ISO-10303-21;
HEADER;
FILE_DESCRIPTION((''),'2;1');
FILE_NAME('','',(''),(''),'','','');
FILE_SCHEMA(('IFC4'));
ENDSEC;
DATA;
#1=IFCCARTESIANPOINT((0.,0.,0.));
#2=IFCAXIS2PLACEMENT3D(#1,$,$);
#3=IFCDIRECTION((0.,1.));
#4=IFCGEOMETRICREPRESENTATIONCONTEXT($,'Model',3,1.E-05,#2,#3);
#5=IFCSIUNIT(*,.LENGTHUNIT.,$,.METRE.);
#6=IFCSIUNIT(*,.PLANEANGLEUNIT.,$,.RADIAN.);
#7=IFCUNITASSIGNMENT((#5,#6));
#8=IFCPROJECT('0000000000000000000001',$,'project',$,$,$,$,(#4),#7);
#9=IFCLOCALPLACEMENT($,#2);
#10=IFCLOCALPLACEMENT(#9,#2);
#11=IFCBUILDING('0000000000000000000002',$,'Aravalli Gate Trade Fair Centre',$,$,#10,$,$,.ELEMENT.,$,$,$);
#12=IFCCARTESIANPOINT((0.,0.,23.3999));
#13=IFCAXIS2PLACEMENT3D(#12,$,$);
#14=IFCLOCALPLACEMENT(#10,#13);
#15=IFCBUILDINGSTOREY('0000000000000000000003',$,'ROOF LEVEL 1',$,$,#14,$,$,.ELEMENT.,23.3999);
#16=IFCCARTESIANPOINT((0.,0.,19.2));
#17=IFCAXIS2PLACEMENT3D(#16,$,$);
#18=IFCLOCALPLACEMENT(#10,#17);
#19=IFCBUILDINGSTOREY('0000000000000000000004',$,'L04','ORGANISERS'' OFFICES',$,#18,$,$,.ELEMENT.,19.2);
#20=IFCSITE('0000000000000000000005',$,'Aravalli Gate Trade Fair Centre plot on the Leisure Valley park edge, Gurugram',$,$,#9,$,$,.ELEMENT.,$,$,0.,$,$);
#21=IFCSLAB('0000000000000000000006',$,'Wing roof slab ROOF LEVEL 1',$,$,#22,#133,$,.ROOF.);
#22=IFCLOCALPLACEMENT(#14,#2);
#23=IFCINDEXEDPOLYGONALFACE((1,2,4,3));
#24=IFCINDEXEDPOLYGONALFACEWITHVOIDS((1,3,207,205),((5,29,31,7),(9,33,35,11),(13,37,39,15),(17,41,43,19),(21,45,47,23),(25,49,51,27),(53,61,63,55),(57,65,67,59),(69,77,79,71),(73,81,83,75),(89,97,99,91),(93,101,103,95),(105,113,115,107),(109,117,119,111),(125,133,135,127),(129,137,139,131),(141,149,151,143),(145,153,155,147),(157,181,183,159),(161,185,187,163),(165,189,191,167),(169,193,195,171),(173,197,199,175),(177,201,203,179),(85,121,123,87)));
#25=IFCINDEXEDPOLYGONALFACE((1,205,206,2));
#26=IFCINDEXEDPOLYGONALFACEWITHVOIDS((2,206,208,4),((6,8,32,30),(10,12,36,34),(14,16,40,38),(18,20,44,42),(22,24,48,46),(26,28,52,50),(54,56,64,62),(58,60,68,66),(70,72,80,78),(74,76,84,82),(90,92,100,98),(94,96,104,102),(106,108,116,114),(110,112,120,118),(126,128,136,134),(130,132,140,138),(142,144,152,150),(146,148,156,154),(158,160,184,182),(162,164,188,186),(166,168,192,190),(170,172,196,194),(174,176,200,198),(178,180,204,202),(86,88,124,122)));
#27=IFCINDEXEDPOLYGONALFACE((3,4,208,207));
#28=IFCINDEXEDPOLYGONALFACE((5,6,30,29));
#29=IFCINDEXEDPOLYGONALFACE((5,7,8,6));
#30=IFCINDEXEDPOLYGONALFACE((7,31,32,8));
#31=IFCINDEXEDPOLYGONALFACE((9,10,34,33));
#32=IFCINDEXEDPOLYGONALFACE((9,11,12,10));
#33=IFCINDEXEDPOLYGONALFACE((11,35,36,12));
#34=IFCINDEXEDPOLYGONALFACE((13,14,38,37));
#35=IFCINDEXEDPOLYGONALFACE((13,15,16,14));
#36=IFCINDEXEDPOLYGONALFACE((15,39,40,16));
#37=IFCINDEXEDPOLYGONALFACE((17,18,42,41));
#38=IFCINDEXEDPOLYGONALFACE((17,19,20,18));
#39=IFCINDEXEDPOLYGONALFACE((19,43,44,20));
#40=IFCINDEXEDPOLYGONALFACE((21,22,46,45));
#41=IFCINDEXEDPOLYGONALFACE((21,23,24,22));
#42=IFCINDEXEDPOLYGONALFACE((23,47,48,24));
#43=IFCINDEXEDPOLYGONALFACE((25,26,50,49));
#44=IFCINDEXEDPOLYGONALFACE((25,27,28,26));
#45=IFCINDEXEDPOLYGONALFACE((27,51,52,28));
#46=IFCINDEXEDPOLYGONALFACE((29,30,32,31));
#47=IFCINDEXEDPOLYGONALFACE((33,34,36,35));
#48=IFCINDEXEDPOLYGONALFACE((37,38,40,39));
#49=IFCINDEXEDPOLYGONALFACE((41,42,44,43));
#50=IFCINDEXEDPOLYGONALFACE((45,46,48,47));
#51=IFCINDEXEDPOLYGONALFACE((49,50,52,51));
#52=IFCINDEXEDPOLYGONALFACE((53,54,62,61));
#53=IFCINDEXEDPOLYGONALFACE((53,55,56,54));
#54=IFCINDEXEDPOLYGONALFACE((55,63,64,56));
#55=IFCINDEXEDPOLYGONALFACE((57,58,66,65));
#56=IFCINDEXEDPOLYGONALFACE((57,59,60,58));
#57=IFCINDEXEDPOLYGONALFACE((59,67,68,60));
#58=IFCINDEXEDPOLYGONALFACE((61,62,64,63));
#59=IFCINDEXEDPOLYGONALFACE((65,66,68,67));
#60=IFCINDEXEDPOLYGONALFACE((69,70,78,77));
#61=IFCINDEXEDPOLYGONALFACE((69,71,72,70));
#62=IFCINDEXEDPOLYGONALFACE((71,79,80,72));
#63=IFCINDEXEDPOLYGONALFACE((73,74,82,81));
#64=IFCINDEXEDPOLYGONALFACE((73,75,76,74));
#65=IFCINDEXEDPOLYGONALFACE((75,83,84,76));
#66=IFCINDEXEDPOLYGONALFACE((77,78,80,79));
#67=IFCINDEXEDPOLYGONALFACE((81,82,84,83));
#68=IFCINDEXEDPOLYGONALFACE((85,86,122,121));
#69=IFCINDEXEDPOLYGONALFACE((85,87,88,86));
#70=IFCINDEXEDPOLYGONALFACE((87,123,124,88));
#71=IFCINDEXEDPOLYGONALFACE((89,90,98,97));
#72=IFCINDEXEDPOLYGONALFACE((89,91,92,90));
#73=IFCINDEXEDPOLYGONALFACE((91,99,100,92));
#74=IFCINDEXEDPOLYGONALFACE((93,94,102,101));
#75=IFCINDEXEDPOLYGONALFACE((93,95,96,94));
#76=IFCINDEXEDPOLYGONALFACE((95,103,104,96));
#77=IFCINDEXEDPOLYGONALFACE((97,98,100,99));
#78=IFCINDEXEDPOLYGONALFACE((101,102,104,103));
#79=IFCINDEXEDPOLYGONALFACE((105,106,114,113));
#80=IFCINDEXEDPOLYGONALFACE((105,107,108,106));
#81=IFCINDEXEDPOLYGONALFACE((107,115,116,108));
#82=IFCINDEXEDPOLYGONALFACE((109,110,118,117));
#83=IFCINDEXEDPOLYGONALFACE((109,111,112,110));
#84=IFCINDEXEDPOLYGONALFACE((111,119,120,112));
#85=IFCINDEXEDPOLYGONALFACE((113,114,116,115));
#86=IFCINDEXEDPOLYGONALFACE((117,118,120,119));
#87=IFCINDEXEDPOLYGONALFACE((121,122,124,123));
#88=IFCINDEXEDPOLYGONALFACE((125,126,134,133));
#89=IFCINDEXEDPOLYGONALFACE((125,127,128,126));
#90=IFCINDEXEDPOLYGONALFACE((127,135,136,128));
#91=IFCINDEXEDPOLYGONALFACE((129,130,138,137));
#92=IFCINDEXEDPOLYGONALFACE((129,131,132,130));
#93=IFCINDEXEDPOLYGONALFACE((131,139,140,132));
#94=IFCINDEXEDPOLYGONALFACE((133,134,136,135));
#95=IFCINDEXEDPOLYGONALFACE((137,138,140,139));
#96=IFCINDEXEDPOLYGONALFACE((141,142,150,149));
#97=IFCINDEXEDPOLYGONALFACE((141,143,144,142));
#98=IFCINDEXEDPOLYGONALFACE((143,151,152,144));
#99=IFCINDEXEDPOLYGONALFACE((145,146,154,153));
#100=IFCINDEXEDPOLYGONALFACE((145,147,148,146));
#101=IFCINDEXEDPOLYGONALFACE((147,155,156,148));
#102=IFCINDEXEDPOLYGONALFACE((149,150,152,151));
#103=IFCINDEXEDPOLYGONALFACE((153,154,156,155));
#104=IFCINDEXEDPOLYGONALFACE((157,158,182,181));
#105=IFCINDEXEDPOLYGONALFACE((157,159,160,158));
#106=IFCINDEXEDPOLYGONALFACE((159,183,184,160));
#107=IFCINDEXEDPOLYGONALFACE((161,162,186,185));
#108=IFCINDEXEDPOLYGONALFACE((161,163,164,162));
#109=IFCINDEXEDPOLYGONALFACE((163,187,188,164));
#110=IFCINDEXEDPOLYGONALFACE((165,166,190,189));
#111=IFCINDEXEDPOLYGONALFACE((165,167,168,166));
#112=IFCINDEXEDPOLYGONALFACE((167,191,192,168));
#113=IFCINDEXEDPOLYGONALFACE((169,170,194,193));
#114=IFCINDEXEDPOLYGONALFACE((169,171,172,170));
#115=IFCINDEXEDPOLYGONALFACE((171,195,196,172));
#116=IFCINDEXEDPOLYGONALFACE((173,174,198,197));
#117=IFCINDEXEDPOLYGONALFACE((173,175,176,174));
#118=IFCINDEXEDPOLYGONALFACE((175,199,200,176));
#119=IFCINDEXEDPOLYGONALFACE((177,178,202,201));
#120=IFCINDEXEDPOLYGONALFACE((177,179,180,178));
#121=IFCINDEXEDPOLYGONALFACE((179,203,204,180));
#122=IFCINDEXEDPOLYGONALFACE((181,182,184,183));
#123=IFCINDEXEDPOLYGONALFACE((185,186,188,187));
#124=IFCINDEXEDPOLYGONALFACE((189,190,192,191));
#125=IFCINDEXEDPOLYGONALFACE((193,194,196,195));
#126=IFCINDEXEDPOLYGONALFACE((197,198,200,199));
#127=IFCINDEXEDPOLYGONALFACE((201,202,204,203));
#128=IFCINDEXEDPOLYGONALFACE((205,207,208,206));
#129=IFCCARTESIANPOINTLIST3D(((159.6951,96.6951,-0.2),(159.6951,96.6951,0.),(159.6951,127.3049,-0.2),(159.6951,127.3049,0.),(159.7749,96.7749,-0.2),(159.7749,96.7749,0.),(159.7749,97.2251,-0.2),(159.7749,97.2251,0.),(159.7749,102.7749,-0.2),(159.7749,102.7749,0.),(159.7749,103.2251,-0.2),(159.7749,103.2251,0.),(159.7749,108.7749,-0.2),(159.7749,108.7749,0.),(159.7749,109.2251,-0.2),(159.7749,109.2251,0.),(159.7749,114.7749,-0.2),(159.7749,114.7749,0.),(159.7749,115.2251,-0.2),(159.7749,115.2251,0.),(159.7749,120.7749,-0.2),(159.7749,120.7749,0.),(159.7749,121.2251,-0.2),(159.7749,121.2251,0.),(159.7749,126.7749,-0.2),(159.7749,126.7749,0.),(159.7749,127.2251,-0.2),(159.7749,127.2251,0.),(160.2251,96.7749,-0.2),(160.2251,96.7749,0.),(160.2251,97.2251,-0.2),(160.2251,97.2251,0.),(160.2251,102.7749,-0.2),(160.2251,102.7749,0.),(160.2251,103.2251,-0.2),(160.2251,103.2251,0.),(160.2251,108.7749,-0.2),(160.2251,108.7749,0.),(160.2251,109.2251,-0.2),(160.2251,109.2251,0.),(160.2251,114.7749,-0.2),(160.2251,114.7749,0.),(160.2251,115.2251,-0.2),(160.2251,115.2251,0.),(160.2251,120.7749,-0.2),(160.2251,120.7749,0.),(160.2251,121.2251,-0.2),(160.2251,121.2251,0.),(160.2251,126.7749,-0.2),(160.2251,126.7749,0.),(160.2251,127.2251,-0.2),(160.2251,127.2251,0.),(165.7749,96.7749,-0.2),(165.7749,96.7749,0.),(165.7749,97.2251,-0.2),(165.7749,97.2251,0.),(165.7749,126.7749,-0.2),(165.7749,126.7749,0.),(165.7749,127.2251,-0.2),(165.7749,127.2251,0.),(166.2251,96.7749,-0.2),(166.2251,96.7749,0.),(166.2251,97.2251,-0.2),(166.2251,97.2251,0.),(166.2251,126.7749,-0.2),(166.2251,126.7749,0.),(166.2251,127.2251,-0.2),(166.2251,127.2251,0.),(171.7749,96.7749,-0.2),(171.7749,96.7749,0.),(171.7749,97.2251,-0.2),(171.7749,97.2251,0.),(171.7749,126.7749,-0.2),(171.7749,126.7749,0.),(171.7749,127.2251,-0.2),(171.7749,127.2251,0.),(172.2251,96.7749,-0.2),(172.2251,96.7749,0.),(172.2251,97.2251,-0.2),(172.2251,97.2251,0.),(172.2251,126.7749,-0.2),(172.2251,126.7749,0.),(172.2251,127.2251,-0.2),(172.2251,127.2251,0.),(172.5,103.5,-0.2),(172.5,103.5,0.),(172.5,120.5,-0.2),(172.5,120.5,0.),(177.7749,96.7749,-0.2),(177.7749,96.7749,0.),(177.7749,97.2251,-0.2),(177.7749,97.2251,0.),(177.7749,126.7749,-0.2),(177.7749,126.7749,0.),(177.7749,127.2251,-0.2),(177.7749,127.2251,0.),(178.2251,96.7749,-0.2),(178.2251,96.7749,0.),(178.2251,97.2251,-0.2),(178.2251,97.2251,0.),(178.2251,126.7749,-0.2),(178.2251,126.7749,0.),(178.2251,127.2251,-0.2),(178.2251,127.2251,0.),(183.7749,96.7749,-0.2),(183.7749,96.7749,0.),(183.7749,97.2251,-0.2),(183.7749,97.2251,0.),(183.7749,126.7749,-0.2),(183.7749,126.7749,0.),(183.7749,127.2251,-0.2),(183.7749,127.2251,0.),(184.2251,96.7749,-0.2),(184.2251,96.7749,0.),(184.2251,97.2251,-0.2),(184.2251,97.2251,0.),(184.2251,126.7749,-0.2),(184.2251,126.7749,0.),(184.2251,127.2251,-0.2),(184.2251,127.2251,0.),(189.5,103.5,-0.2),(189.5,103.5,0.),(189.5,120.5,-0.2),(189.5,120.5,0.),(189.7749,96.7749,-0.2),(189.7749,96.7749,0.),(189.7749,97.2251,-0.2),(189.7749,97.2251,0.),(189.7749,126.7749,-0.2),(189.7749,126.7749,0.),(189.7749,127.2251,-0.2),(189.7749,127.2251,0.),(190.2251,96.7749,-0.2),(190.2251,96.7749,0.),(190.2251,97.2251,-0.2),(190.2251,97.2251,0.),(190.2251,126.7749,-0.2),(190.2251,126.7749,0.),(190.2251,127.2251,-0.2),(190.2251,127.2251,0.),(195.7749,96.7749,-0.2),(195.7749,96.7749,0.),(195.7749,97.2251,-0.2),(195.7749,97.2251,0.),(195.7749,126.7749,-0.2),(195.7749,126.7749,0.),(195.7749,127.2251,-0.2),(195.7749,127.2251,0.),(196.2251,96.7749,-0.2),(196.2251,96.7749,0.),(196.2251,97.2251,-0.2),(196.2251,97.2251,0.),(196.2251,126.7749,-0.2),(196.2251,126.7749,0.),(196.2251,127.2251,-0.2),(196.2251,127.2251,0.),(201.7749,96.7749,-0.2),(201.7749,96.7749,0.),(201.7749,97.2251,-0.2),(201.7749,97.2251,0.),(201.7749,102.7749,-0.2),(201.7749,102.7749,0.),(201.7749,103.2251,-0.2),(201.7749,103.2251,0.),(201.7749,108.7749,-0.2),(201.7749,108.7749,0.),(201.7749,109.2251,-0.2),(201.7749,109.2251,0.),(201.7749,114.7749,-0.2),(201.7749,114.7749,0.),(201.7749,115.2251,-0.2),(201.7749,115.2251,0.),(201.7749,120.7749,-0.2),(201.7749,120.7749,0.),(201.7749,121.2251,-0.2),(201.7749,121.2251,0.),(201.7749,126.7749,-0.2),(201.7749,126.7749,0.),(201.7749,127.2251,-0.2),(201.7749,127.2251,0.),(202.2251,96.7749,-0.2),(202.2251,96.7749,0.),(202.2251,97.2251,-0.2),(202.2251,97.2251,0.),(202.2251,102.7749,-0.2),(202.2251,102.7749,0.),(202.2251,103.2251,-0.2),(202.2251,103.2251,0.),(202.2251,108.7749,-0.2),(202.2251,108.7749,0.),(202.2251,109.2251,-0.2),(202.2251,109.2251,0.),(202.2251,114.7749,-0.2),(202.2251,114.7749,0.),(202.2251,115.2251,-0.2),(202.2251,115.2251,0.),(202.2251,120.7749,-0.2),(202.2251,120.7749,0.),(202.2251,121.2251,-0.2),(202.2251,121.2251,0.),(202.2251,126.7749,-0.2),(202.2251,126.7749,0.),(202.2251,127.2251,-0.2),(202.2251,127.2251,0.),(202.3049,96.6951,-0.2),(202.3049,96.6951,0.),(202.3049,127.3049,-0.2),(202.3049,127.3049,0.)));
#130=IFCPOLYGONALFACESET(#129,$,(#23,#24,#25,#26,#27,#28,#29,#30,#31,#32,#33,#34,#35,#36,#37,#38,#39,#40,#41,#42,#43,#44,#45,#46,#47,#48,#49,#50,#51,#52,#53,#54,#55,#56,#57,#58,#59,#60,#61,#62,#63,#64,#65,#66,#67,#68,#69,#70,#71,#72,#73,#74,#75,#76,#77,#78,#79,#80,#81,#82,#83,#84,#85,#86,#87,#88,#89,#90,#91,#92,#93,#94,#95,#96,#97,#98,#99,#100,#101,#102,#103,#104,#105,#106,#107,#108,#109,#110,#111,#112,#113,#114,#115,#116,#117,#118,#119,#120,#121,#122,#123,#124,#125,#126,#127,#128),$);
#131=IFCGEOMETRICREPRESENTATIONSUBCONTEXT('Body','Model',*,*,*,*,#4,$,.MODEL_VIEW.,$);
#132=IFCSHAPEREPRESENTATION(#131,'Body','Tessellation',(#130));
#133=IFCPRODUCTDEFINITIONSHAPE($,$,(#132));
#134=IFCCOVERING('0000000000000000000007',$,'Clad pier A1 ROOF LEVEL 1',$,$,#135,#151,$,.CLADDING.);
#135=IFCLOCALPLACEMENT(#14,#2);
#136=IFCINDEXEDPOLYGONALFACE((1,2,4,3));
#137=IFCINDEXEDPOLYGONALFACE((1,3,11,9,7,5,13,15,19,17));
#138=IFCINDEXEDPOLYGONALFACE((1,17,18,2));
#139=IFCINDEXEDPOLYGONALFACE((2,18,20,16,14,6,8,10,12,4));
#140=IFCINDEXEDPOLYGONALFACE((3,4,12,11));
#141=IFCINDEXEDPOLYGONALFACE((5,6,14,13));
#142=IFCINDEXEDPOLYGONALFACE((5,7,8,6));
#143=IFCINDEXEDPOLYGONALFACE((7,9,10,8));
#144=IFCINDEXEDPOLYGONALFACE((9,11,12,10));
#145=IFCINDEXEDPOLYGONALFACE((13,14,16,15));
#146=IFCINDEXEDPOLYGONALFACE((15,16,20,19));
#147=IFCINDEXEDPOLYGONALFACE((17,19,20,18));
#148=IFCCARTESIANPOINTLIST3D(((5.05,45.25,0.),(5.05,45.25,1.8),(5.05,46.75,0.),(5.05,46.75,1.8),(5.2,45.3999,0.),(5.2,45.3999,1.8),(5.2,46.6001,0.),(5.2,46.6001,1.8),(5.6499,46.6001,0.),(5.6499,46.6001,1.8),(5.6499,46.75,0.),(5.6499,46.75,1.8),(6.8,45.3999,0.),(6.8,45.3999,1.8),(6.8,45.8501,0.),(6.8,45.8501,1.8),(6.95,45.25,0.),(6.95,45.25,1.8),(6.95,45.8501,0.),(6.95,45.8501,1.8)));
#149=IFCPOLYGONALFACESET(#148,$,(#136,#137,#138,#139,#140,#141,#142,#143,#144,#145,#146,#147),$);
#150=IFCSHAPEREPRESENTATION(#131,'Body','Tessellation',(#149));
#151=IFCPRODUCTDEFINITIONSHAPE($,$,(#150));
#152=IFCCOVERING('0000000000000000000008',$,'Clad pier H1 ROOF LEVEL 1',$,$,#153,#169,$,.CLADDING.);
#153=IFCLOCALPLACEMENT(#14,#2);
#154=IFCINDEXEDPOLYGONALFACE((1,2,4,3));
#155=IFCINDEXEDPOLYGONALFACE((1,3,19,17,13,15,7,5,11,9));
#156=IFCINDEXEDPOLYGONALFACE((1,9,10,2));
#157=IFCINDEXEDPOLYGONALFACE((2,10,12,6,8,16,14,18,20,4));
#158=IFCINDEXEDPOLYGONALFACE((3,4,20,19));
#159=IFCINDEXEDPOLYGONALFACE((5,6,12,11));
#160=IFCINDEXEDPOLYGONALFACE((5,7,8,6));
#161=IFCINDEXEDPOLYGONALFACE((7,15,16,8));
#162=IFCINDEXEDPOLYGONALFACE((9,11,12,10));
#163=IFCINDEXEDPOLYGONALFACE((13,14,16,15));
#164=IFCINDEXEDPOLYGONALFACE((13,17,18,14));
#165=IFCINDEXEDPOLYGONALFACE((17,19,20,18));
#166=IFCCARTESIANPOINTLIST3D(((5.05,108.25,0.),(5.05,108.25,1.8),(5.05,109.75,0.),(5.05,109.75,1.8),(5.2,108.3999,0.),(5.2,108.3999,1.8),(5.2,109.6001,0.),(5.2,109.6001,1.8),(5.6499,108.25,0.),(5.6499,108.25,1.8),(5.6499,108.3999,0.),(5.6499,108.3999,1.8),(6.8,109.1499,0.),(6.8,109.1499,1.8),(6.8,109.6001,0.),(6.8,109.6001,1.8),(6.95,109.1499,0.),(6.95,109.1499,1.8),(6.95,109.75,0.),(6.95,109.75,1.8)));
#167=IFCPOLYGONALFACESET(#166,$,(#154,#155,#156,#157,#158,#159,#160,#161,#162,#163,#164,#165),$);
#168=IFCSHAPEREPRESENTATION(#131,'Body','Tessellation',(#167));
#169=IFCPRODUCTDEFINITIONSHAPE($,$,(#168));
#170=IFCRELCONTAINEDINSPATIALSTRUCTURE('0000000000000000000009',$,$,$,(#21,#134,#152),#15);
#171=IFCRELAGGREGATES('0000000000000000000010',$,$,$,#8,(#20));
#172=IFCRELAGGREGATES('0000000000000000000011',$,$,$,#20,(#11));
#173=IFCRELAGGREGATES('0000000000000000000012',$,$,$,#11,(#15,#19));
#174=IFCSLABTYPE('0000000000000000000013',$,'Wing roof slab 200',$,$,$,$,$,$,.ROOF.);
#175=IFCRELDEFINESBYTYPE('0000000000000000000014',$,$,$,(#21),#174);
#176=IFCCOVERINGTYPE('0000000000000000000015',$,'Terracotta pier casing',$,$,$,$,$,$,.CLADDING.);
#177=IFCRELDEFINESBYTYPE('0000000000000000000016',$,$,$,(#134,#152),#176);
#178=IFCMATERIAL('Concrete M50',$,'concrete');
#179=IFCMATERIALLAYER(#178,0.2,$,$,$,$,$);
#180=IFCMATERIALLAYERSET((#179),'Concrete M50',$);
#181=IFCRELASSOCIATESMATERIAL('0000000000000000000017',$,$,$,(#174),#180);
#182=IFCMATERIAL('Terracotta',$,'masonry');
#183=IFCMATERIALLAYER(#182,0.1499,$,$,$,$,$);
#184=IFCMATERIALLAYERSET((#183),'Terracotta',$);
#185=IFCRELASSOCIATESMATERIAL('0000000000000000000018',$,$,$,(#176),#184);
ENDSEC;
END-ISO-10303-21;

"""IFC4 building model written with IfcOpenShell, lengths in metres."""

from ifc_helpers import new_model, si_unit, direction, frame, origin, place, context, subcontext, project, spatial, polyline, outline, extrude, material, layer, layer_set, type_object, element, save


model = new_model("IFC4")

# Units and contexts
model_context = context("Model", 3, precision=1e-05, world=origin(), true_north=direction((0.0, 1.0)))
body_context = subcontext(model_context, "Body", "Model", "MODEL_VIEW")
ifc_project = project(units=[si_unit("LENGTHUNIT", "METRE"), si_unit("PLANEANGLEUNIT", "RADIAN")], contexts=[model_context])

# Site, building, storey
site_placement = place(None, origin())
site = spatial("IfcSite", under=ifc_project, at=site_placement, Name="Aravalli Gate Trade Fair Centre plot on the Leisure Valley park edge, Gurugram", CompositionType="ELEMENT", RefElevation=0.0)
building_placement = place(site_placement, origin())
building = spatial("IfcBuilding", under=site, at=building_placement, Name="Aravalli Gate Trade Fair Centre", CompositionType="ELEMENT")
storey_1_placement = place(building_placement, frame((0.0, 0.0, 23.3999)))
storey_1 = spatial("IfcBuildingStorey", under=building, at=storey_1_placement, Name="ROOF LEVEL 1", CompositionType="ELEMENT", Elevation=23.3999)

# Shared definitions
ifc_material_1 = material(Name="Concrete M50", Category="concrete")

# Shared definitions
storey_2_placement = place(building_placement, frame((0.0, 0.0, 19.2)))
storey_2 = spatial("IfcBuildingStorey", under=building, at=storey_2_placement, Name="L04", Description="ORGANISERS' OFFICES", CompositionType="ELEMENT", Elevation=19.2)

# Slab
ifc_layer_1 = layer(ifc_material_1, 0.2)
ifc_layer_set_1 = layer_set([ifc_layer_1], Name="Concrete M50")
slab_type_1 = type_object("IfcSlabType", Name="Wing roof slab 200", PredefinedType="ROOF", material=ifc_layer_set_1)
slab_1_placement = place(storey_1_placement, frame((0.0, 0.0, -0.2)))
element("IfcSlab", 1, at=slab_1_placement, inside=storey_1, type_object=slab_type_1, Name="Wing roof slab ROOF LEVEL 1", PredefinedType="ROOF", context=body_context, shape_type="SweptSolid", body=[
    extrude(outline(polyline([(159.6951, 127.3049), (202.3049, 127.3049), (202.3049, 96.6951), (159.6951, 96.6951), (159.6951, 127.3049)]), holes=[polyline([(159.7749, 97.2251), (159.7749, 96.7749), (160.2251, 96.7749), (160.2251, 97.2251), (159.7749, 97.2251)]), polyline([(166.2251, 97.2251), (165.7749, 97.2251), (165.7749, 96.7749), (166.2251, 96.7749), (166.2251, 97.2251)]), polyline([(172.2251, 97.2251), (171.7749, 97.2251), (171.7749, 96.7749), (172.2251, 96.7749), (172.2251, 97.2251)]), polyline([(177.7749, 97.2251), (177.7749, 96.7749), (178.2251, 96.7749), (178.2251, 97.2251), (177.7749, 97.2251)]), polyline([(160.2251, 103.2251), (159.7749, 103.2251), (159.7749, 102.7749), (160.2251, 102.7749), (160.2251, 103.2251)]), polyline([(160.2251, 109.2251), (159.7749, 109.2251), (159.7749, 108.7749), (160.2251, 108.7749), (160.2251, 109.2251)]), polyline([(159.7749, 115.2251), (159.7749, 114.7749), (160.2251, 114.7749), (160.2251, 115.2251), (159.7749, 115.2251)]), polyline([(160.2251, 121.2251), (159.7749, 121.2251), (159.7749, 120.7749), (160.2251, 120.7749), (160.2251, 121.2251)]), polyline([(160.2251, 127.2251), (159.7749, 127.2251), (159.7749, 126.7749), (160.2251, 126.7749), (160.2251, 127.2251)]), polyline([(165.7749, 127.2251), (165.7749, 126.7749), (166.2251, 126.7749), (166.2251, 127.2251), (165.7749, 127.2251)]), polyline([(172.2251, 127.2251), (171.7749, 127.2251), (171.7749, 126.7749), (172.2251, 126.7749), (172.2251, 127.2251)]), polyline([(178.2251, 127.2251), (177.7749, 127.2251), (177.7749, 126.7749), (178.2251, 126.7749), (178.2251, 127.2251)]), polyline([(183.7749, 97.2251), (183.7749, 96.7749), (184.2251, 96.7749), (184.2251, 97.2251), (183.7749, 97.2251)]), polyline([(190.2251, 97.2251), (189.7749, 97.2251), (189.7749, 96.7749), (190.2251, 96.7749), (190.2251, 97.2251)]), polyline([(196.2251, 97.2251), (195.7749, 97.2251), (195.7749, 96.7749), (196.2251, 96.7749), (196.2251, 97.2251)]), polyline([(201.7749, 97.2251), (201.7749, 96.7749), (202.2251, 96.7749), (202.2251, 97.2251), (201.7749, 97.2251)]), polyline([(202.2251, 103.2251), (201.7749, 103.2251), (201.7749, 102.7749), (202.2251, 102.7749), (202.2251, 103.2251)]), polyline([(202.2251, 109.2251), (201.7749, 109.2251), (201.7749, 108.7749), (202.2251, 108.7749), (202.2251, 109.2251)]), polyline([(201.7749, 115.2251), (201.7749, 114.7749), (202.2251, 114.7749), (202.2251, 115.2251), (201.7749, 115.2251)]), polyline([(202.2251, 121.2251), (201.7749, 121.2251), (201.7749, 120.7749), (202.2251, 120.7749), (202.2251, 121.2251)]), polyline([(184.2251, 127.2251), (183.7749, 127.2251), (183.7749, 126.7749), (184.2251, 126.7749), (184.2251, 127.2251)]), polyline([(189.7749, 127.2251), (189.7749, 126.7749), (190.2251, 126.7749), (190.2251, 127.2251), (189.7749, 127.2251)]), polyline([(196.2251, 127.2251), (195.7749, 127.2251), (195.7749, 126.7749), (196.2251, 126.7749), (196.2251, 127.2251)]), polyline([(202.2251, 127.2251), (201.7749, 127.2251), (201.7749, 126.7749), (202.2251, 126.7749), (202.2251, 127.2251)]), polyline([(189.5, 120.5), (172.5, 120.5), (172.5, 103.5), (189.5, 103.5), (189.5, 120.5)])]), origin(), (0.0, 0.0, 1.0), 0.2),
])

# Coverings
ifc_material_2 = material(Name="Terracotta", Category="masonry")
ifc_layer_2 = layer(ifc_material_2, 0.1499)
ifc_layer_set_2 = layer_set([ifc_layer_2], Name="Terracotta")
covering_type_1 = type_object("IfcCoveringType", Name="Terracotta pier casing", PredefinedType="CLADDING", material=ifc_layer_set_2)
covering_1_placement = place(storey_1_placement, origin())
element("IfcCovering", 2, at=covering_1_placement, inside=storey_1, type_object=covering_type_1, Name="Clad pier A1 ROOF LEVEL 1", PredefinedType="CLADDING", context=body_context, shape_type="SweptSolid", body=[
    extrude(outline(polyline([(5.05, 46.75), (5.6499, 46.75), (5.6499, 46.6001), (5.2, 46.6001), (5.2, 45.3999), (6.8, 45.3999), (6.8, 45.8501), (6.95, 45.8501), (6.95, 45.25), (5.05, 45.25), (5.05, 46.75)])), origin(), (0.0, 0.0, 1.0), 1.8),
])
covering_2_placement = place(storey_1_placement, origin())
element("IfcCovering", 3, at=covering_2_placement, inside=storey_1, type_object=covering_type_1, Name="Clad pier H1 ROOF LEVEL 1", PredefinedType="CLADDING", context=body_context, shape_type="SweptSolid", body=[
    extrude(outline(polyline([(5.05, 109.75), (6.95, 109.75), (6.95, 109.1499), (6.8, 109.1499), (6.8, 109.6001), (5.2, 109.6001), (5.2, 108.3999), (5.6499, 108.3999), (5.6499, 108.25), (5.05, 108.25), (5.05, 109.75)])), origin(), (0.0, 0.0, 1.0), 1.8),
])

save(model, "model.ifc")
